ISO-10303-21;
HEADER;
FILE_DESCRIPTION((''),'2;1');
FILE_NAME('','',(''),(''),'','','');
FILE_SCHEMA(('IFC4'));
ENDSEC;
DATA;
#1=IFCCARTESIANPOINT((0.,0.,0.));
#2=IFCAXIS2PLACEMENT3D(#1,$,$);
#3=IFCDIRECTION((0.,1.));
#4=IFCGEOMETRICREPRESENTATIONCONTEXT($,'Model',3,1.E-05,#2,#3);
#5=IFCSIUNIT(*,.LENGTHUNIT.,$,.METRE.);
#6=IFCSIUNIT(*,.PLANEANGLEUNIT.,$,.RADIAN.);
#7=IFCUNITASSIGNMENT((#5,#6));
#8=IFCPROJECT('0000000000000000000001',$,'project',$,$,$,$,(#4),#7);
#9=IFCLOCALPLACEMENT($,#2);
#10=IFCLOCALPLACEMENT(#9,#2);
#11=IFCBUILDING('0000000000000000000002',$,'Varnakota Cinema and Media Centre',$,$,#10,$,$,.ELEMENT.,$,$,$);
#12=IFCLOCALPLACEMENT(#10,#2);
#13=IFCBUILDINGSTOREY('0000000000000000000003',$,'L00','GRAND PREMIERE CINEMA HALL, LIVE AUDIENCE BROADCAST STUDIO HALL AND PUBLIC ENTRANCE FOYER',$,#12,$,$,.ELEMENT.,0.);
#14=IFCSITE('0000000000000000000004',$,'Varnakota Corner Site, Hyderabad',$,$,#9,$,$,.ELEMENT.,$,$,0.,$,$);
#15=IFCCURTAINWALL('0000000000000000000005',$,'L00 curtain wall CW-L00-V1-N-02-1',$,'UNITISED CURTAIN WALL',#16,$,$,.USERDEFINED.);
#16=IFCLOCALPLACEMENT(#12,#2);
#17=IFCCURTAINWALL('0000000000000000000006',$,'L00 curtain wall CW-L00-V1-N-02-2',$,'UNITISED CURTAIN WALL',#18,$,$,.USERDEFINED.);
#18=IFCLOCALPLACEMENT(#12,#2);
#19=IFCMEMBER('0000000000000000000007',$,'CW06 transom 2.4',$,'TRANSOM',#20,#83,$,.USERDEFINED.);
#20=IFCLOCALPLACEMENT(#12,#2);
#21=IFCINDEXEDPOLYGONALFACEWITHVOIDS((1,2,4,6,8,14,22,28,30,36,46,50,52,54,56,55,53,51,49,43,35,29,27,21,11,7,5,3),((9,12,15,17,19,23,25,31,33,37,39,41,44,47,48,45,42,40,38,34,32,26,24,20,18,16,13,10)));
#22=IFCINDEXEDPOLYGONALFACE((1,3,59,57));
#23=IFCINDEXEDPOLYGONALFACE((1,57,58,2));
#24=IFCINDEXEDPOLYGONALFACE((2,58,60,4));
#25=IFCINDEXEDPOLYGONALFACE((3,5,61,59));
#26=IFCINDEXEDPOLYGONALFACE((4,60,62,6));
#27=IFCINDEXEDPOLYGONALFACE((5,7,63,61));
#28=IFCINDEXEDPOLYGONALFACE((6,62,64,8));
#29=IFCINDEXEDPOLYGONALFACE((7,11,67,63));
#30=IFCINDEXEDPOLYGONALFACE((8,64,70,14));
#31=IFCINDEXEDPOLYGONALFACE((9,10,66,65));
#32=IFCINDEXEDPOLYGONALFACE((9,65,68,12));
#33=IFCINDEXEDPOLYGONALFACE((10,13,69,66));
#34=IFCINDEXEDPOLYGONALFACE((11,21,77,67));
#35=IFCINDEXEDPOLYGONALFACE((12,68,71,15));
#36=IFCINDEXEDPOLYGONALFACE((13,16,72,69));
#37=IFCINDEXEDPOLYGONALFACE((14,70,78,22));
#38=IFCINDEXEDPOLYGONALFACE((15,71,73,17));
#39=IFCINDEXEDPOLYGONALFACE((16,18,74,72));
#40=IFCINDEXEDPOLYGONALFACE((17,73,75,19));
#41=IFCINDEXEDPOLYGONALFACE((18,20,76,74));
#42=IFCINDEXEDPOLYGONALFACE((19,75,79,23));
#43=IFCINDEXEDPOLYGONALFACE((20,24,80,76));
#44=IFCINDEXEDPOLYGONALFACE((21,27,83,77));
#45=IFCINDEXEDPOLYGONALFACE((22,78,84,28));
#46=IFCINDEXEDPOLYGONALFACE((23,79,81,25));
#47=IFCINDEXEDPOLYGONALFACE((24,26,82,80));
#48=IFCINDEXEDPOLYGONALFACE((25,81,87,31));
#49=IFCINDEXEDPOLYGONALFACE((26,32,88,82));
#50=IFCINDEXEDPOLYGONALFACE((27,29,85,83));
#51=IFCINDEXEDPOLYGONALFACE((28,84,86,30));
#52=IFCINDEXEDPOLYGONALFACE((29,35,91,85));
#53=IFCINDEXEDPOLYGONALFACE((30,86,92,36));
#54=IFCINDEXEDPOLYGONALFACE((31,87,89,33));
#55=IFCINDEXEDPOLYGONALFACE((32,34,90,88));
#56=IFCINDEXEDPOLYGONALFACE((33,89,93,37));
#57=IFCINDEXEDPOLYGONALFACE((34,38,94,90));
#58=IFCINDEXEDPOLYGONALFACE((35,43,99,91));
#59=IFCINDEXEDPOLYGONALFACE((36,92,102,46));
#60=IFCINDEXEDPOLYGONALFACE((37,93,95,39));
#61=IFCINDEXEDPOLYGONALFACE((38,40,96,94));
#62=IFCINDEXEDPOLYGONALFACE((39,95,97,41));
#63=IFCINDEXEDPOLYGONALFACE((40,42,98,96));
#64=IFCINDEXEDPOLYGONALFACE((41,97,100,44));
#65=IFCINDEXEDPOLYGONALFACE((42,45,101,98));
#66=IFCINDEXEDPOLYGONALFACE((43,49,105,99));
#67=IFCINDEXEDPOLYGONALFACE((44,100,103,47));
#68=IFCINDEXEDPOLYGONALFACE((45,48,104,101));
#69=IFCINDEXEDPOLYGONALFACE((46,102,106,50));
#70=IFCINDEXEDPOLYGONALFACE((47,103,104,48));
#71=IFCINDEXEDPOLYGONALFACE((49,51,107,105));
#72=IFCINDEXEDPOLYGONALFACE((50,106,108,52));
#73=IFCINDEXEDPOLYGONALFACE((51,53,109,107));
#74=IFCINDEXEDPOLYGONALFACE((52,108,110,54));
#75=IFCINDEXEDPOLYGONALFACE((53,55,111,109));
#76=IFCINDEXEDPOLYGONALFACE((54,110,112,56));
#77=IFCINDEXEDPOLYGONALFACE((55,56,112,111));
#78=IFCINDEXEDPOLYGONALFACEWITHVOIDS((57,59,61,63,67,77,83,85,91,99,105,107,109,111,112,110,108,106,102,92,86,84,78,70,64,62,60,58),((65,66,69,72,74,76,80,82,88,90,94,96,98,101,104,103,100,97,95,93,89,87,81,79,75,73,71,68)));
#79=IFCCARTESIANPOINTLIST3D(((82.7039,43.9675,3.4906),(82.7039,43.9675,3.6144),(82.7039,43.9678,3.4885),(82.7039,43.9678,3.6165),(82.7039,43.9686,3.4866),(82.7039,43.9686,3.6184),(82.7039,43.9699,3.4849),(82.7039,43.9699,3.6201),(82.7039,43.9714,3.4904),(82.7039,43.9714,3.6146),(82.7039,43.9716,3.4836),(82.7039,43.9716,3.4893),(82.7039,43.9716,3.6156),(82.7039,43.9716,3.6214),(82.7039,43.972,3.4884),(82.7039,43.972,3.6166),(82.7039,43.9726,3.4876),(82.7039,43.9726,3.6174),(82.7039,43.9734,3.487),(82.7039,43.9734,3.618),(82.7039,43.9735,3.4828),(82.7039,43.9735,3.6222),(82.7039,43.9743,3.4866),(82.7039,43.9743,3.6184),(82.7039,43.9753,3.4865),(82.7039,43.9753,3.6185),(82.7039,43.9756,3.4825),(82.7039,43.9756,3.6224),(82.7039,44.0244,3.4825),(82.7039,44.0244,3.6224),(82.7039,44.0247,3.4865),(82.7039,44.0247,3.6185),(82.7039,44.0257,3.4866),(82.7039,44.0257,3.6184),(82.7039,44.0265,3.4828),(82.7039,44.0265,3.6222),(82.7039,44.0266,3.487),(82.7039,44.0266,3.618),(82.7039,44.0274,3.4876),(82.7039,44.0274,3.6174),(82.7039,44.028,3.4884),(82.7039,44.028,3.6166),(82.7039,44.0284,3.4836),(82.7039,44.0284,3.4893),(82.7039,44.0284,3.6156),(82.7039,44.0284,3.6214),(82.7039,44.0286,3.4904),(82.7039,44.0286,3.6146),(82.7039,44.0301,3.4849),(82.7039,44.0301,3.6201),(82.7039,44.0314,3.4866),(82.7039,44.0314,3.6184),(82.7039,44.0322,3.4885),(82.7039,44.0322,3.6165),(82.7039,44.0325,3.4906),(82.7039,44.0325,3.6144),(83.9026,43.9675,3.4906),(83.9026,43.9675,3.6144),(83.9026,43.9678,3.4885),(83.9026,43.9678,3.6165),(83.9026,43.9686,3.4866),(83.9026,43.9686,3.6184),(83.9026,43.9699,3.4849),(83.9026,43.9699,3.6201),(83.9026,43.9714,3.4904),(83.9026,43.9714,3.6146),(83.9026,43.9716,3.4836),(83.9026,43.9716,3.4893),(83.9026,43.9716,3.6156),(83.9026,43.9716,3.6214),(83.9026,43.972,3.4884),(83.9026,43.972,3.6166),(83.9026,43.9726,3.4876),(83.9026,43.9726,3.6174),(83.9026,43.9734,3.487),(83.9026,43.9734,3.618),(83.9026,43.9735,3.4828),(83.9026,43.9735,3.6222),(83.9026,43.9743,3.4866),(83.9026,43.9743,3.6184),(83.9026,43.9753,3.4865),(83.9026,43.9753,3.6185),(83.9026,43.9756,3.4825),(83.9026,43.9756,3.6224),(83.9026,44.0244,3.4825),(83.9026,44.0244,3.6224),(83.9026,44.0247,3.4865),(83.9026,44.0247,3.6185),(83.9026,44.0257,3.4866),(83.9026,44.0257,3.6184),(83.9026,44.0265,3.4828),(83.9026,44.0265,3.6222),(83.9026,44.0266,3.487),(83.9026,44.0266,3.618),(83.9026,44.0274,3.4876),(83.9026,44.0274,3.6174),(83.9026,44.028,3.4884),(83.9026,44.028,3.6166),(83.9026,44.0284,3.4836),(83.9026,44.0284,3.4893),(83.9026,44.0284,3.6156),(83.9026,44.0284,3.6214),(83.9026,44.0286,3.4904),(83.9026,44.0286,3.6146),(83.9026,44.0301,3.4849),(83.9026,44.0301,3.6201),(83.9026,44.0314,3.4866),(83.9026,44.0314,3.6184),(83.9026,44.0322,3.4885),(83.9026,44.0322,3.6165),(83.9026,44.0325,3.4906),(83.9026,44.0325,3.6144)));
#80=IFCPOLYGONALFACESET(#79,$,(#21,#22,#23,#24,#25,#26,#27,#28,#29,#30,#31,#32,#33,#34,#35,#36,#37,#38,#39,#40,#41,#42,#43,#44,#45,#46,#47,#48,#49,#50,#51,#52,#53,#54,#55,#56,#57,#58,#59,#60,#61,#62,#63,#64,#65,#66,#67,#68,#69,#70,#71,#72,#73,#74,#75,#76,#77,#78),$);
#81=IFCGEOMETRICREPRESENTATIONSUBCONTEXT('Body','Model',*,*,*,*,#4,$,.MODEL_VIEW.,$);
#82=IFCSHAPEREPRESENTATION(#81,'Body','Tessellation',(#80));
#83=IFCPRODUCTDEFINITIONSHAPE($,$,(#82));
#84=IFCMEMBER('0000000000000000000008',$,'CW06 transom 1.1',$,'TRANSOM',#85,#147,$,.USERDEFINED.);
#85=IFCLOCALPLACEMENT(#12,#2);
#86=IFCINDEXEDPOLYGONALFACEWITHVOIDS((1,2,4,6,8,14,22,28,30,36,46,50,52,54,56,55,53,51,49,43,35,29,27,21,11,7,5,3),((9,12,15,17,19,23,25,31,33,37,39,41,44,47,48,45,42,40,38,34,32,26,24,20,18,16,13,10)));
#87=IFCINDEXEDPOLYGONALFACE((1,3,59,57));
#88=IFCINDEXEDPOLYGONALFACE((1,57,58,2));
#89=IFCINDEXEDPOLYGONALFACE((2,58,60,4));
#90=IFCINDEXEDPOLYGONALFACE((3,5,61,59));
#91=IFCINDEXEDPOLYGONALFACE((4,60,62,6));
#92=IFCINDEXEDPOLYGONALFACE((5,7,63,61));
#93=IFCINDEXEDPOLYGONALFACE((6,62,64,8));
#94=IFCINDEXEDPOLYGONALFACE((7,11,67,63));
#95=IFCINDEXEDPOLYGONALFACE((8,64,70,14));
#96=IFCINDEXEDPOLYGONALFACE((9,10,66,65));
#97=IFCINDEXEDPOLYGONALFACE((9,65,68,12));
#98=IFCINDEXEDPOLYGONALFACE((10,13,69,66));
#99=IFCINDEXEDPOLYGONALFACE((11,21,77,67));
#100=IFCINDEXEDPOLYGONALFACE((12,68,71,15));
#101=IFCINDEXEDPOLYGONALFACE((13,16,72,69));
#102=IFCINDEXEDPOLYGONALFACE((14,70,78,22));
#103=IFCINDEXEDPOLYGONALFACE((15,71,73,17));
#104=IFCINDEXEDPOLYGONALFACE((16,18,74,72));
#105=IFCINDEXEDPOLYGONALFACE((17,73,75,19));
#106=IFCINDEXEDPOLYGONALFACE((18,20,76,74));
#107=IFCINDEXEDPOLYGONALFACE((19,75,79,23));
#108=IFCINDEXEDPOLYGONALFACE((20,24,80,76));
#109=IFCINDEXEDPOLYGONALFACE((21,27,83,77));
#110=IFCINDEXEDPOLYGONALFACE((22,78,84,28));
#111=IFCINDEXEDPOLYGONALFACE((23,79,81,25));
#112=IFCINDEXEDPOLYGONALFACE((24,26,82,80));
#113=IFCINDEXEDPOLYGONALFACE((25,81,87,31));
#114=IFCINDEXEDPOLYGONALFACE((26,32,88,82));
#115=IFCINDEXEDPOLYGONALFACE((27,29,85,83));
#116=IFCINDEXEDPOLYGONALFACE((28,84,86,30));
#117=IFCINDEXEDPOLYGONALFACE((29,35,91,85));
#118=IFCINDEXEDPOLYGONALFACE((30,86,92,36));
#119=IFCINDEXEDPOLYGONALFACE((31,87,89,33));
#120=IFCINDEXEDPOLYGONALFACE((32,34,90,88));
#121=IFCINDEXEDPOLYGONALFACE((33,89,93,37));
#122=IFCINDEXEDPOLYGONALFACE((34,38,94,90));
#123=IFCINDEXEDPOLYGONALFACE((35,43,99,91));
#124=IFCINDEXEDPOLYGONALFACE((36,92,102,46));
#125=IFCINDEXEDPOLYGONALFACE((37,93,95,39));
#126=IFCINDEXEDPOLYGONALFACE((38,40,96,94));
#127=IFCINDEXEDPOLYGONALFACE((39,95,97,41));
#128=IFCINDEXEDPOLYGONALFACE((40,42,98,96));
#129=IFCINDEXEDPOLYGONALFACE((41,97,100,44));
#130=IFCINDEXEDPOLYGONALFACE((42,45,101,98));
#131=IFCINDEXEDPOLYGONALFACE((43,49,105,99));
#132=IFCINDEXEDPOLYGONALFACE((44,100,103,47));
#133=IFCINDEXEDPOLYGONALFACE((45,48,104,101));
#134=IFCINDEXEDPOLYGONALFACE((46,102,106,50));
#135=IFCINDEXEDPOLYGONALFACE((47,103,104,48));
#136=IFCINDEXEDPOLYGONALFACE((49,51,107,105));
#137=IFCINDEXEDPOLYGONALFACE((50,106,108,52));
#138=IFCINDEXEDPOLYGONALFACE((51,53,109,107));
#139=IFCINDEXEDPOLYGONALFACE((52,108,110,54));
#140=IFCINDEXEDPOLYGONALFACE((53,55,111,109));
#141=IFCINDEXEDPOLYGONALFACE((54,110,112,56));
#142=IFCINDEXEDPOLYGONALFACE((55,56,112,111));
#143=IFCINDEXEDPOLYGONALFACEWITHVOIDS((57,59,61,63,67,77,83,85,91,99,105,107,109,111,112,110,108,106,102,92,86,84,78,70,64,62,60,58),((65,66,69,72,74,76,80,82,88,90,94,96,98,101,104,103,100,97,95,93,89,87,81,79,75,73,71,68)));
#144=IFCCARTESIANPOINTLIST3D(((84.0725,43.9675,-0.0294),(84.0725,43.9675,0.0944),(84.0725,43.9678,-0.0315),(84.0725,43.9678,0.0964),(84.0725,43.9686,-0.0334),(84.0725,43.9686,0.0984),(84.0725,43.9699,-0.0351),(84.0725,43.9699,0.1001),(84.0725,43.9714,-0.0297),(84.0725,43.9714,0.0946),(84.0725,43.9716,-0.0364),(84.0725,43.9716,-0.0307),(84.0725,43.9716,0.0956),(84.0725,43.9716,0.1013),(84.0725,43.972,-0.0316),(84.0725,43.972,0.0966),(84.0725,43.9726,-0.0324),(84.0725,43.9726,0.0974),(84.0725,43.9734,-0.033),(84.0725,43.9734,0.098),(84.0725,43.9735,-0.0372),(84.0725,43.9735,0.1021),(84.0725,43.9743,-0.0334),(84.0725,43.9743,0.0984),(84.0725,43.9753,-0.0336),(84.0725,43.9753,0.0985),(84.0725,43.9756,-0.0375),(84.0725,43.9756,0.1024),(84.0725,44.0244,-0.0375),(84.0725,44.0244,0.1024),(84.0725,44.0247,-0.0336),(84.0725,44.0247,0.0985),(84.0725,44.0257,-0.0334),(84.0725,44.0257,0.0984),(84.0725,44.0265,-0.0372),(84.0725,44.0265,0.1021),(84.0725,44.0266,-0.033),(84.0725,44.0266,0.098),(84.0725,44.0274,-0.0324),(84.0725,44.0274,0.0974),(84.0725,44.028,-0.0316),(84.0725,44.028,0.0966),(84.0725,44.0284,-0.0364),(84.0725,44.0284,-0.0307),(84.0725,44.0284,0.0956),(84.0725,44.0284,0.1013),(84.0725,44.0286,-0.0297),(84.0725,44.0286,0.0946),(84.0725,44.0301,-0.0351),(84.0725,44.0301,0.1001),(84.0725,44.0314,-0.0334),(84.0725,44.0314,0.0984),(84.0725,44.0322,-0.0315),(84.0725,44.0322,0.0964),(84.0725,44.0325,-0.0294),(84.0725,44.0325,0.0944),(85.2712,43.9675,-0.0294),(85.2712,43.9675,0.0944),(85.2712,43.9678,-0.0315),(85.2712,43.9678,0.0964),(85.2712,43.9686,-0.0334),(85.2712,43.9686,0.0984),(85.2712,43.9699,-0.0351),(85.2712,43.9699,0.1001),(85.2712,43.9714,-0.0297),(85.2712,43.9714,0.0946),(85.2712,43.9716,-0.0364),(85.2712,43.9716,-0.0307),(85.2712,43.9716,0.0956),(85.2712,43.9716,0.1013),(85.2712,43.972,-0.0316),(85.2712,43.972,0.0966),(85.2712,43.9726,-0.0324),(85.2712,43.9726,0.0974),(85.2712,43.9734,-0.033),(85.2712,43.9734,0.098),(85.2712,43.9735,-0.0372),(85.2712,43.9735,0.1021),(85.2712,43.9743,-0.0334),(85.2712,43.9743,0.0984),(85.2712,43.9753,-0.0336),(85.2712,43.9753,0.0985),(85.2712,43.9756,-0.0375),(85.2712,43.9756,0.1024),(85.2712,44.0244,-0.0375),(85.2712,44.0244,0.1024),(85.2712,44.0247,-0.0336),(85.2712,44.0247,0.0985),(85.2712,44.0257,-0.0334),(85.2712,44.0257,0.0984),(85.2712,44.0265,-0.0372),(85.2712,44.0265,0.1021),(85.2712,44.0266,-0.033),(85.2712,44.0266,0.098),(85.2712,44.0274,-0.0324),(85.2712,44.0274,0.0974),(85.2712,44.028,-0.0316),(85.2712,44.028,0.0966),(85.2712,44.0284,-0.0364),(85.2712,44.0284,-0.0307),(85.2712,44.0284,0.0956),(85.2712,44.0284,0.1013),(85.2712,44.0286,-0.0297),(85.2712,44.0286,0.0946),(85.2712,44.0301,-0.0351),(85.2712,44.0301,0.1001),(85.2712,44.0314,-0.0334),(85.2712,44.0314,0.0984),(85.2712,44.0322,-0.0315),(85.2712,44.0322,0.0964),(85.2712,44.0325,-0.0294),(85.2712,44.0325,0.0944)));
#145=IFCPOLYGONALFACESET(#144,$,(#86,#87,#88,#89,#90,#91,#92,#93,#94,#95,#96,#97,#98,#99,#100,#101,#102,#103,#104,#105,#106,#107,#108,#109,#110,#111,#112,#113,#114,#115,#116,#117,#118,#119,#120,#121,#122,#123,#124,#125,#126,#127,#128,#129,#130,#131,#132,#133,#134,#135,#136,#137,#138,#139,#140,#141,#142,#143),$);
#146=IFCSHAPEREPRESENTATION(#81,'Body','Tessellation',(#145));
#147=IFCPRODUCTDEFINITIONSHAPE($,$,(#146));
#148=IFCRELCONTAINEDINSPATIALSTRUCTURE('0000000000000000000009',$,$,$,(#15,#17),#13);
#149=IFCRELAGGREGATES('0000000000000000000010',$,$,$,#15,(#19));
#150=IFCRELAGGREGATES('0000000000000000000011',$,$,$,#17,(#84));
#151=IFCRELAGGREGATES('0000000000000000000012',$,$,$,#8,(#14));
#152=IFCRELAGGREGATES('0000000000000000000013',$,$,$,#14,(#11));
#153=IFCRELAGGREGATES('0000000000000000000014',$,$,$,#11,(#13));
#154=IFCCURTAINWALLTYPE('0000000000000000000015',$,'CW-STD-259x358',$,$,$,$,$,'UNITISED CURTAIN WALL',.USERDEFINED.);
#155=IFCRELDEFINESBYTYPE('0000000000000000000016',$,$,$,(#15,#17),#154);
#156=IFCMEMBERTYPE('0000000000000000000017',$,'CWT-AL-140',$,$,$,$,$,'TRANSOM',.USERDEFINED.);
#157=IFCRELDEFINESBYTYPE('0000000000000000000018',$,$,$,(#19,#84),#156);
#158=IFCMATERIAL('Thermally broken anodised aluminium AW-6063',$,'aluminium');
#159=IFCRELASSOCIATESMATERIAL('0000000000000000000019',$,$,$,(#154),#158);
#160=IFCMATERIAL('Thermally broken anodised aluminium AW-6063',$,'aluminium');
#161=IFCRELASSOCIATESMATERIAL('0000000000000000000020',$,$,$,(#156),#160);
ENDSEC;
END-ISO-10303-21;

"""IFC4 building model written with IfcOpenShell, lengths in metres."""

from ifc_helpers import new_model, si_unit, direction, frame, origin, origin_2d, place, context, subcontext, project, spatial, hollow_rectangle, extrude, material, material_profile, profile_set, type_object, element, aggregate, save


model = new_model("IFC4")

# Units and contexts
model_context = context("Model", 3, precision=1e-05, world=origin(), true_north=direction((0.0, 1.0)))
body_context = subcontext(model_context, "Body", "Model", "MODEL_VIEW")
ifc_project = project(units=[si_unit("LENGTHUNIT", "METRE"), si_unit("PLANEANGLEUNIT", "RADIAN")], contexts=[model_context])

# Site, building, storey
site_placement = place(None, origin())
site = spatial("IfcSite", under=ifc_project, at=site_placement, Name="Varnakota Corner Site, Hyderabad", CompositionType="ELEMENT", RefElevation=0.0)
building_placement = place(site_placement, origin())
building = spatial("IfcBuilding", under=site, at=building_placement, Name="Varnakota Cinema and Media Centre", CompositionType="ELEMENT")
storey_placement = place(building_placement, origin())
storey = spatial("IfcBuildingStorey", under=building, at=storey_placement, Name="L00", Description="GRAND PREMIERE CINEMA HALL, LIVE AUDIENCE BROADCAST STUDIO HALL AND PUBLIC ENTRANCE FOYER", CompositionType="ELEMENT", Elevation=0.0)

# Curtain walls
ifc_material_1 = material(Name="Thermally broken anodised aluminium AW-6063", Category="aluminium")
curtain_wall_type = type_object("IfcCurtainWallType", Name="CW-STD-259x358", ElementType="UNITISED CURTAIN WALL", PredefinedType="USERDEFINED", material=ifc_material_1)
curtain_wall_1_placement = place(storey_placement, origin())
curtain_wall_1 = element("IfcCurtainWall", 1, at=curtain_wall_1_placement, inside=storey, type_object=curtain_wall_type, Name="L00 curtain wall CW-L00-V1-N-02-1", ObjectType="UNITISED CURTAIN WALL", PredefinedType="USERDEFINED")
curtain_wall_2_placement = place(storey_placement, origin())
curtain_wall_2 = element("IfcCurtainWall", 2, at=curtain_wall_2_placement, inside=storey, type_object=curtain_wall_type, Name="L00 curtain wall CW-L00-V1-N-02-2", ObjectType="UNITISED CURTAIN WALL", PredefinedType="USERDEFINED")

# Members
ifc_material_2 = material(Name="Thermally broken anodised aluminium AW-6063", Category="aluminium")
ifc_material_profile_1 = material_profile(ifc_material_2, hollow_rectangle(XDim=0.0649, YDim=0.1399, WallThickness=0.0039, InnerFilletRadius=0.0039, OuterFilletRadius=0.0081, at=origin_2d()), Name="AL-TRANSOM 140x65x4")
ifc_profile_set_1 = profile_set([ifc_material_profile_1], Name="Thermally broken anodised aluminium AW-6063")
member_type_1 = type_object("IfcMemberType", Name="CWT-AL-140", ElementType="TRANSOM", PredefinedType="USERDEFINED", material=ifc_profile_set_1)
member_1_placement = place(storey_placement, frame((82.7039, 44.0, 3.5525), z_axis=(1.0, 0.0, 0.0), x_axis=(0.0, 1.0, 0.0)))
member_1 = element("IfcMember", 3, at=member_1_placement, type_object=member_type_1, Name="CW06 transom 2.4", ObjectType="TRANSOM", PredefinedType="USERDEFINED", context=body_context, shape_type="SweptSolid", body=[
    extrude(hollow_rectangle(XDim=0.0649, YDim=0.1399, WallThickness=0.0039, InnerFilletRadius=0.0039, OuterFilletRadius=0.0081, at=origin_2d()), origin(), (0.0, 0.0, 1.0), 1.1987),
])
member_2_placement = place(storey_placement, frame((84.0725, 44.0, 0.0325), z_axis=(1.0, 0.0, 0.0), x_axis=(0.0, 1.0, 0.0)))
member_2 = element("IfcMember", 4, at=member_2_placement, type_object=member_type_1, Name="CW06 transom 1.1", ObjectType="TRANSOM", PredefinedType="USERDEFINED", context=body_context, shape_type="SweptSolid", body=[
    extrude(hollow_rectangle(XDim=0.0649, YDim=0.1399, WallThickness=0.0039, InnerFilletRadius=0.0039, OuterFilletRadius=0.0081, at=origin_2d()), origin(), (0.0, 0.0, 1.0), 1.1987),
])

aggregate(curtain_wall_1, [member_1])
aggregate(curtain_wall_2, [member_2])

save(model, "model.ifc")
